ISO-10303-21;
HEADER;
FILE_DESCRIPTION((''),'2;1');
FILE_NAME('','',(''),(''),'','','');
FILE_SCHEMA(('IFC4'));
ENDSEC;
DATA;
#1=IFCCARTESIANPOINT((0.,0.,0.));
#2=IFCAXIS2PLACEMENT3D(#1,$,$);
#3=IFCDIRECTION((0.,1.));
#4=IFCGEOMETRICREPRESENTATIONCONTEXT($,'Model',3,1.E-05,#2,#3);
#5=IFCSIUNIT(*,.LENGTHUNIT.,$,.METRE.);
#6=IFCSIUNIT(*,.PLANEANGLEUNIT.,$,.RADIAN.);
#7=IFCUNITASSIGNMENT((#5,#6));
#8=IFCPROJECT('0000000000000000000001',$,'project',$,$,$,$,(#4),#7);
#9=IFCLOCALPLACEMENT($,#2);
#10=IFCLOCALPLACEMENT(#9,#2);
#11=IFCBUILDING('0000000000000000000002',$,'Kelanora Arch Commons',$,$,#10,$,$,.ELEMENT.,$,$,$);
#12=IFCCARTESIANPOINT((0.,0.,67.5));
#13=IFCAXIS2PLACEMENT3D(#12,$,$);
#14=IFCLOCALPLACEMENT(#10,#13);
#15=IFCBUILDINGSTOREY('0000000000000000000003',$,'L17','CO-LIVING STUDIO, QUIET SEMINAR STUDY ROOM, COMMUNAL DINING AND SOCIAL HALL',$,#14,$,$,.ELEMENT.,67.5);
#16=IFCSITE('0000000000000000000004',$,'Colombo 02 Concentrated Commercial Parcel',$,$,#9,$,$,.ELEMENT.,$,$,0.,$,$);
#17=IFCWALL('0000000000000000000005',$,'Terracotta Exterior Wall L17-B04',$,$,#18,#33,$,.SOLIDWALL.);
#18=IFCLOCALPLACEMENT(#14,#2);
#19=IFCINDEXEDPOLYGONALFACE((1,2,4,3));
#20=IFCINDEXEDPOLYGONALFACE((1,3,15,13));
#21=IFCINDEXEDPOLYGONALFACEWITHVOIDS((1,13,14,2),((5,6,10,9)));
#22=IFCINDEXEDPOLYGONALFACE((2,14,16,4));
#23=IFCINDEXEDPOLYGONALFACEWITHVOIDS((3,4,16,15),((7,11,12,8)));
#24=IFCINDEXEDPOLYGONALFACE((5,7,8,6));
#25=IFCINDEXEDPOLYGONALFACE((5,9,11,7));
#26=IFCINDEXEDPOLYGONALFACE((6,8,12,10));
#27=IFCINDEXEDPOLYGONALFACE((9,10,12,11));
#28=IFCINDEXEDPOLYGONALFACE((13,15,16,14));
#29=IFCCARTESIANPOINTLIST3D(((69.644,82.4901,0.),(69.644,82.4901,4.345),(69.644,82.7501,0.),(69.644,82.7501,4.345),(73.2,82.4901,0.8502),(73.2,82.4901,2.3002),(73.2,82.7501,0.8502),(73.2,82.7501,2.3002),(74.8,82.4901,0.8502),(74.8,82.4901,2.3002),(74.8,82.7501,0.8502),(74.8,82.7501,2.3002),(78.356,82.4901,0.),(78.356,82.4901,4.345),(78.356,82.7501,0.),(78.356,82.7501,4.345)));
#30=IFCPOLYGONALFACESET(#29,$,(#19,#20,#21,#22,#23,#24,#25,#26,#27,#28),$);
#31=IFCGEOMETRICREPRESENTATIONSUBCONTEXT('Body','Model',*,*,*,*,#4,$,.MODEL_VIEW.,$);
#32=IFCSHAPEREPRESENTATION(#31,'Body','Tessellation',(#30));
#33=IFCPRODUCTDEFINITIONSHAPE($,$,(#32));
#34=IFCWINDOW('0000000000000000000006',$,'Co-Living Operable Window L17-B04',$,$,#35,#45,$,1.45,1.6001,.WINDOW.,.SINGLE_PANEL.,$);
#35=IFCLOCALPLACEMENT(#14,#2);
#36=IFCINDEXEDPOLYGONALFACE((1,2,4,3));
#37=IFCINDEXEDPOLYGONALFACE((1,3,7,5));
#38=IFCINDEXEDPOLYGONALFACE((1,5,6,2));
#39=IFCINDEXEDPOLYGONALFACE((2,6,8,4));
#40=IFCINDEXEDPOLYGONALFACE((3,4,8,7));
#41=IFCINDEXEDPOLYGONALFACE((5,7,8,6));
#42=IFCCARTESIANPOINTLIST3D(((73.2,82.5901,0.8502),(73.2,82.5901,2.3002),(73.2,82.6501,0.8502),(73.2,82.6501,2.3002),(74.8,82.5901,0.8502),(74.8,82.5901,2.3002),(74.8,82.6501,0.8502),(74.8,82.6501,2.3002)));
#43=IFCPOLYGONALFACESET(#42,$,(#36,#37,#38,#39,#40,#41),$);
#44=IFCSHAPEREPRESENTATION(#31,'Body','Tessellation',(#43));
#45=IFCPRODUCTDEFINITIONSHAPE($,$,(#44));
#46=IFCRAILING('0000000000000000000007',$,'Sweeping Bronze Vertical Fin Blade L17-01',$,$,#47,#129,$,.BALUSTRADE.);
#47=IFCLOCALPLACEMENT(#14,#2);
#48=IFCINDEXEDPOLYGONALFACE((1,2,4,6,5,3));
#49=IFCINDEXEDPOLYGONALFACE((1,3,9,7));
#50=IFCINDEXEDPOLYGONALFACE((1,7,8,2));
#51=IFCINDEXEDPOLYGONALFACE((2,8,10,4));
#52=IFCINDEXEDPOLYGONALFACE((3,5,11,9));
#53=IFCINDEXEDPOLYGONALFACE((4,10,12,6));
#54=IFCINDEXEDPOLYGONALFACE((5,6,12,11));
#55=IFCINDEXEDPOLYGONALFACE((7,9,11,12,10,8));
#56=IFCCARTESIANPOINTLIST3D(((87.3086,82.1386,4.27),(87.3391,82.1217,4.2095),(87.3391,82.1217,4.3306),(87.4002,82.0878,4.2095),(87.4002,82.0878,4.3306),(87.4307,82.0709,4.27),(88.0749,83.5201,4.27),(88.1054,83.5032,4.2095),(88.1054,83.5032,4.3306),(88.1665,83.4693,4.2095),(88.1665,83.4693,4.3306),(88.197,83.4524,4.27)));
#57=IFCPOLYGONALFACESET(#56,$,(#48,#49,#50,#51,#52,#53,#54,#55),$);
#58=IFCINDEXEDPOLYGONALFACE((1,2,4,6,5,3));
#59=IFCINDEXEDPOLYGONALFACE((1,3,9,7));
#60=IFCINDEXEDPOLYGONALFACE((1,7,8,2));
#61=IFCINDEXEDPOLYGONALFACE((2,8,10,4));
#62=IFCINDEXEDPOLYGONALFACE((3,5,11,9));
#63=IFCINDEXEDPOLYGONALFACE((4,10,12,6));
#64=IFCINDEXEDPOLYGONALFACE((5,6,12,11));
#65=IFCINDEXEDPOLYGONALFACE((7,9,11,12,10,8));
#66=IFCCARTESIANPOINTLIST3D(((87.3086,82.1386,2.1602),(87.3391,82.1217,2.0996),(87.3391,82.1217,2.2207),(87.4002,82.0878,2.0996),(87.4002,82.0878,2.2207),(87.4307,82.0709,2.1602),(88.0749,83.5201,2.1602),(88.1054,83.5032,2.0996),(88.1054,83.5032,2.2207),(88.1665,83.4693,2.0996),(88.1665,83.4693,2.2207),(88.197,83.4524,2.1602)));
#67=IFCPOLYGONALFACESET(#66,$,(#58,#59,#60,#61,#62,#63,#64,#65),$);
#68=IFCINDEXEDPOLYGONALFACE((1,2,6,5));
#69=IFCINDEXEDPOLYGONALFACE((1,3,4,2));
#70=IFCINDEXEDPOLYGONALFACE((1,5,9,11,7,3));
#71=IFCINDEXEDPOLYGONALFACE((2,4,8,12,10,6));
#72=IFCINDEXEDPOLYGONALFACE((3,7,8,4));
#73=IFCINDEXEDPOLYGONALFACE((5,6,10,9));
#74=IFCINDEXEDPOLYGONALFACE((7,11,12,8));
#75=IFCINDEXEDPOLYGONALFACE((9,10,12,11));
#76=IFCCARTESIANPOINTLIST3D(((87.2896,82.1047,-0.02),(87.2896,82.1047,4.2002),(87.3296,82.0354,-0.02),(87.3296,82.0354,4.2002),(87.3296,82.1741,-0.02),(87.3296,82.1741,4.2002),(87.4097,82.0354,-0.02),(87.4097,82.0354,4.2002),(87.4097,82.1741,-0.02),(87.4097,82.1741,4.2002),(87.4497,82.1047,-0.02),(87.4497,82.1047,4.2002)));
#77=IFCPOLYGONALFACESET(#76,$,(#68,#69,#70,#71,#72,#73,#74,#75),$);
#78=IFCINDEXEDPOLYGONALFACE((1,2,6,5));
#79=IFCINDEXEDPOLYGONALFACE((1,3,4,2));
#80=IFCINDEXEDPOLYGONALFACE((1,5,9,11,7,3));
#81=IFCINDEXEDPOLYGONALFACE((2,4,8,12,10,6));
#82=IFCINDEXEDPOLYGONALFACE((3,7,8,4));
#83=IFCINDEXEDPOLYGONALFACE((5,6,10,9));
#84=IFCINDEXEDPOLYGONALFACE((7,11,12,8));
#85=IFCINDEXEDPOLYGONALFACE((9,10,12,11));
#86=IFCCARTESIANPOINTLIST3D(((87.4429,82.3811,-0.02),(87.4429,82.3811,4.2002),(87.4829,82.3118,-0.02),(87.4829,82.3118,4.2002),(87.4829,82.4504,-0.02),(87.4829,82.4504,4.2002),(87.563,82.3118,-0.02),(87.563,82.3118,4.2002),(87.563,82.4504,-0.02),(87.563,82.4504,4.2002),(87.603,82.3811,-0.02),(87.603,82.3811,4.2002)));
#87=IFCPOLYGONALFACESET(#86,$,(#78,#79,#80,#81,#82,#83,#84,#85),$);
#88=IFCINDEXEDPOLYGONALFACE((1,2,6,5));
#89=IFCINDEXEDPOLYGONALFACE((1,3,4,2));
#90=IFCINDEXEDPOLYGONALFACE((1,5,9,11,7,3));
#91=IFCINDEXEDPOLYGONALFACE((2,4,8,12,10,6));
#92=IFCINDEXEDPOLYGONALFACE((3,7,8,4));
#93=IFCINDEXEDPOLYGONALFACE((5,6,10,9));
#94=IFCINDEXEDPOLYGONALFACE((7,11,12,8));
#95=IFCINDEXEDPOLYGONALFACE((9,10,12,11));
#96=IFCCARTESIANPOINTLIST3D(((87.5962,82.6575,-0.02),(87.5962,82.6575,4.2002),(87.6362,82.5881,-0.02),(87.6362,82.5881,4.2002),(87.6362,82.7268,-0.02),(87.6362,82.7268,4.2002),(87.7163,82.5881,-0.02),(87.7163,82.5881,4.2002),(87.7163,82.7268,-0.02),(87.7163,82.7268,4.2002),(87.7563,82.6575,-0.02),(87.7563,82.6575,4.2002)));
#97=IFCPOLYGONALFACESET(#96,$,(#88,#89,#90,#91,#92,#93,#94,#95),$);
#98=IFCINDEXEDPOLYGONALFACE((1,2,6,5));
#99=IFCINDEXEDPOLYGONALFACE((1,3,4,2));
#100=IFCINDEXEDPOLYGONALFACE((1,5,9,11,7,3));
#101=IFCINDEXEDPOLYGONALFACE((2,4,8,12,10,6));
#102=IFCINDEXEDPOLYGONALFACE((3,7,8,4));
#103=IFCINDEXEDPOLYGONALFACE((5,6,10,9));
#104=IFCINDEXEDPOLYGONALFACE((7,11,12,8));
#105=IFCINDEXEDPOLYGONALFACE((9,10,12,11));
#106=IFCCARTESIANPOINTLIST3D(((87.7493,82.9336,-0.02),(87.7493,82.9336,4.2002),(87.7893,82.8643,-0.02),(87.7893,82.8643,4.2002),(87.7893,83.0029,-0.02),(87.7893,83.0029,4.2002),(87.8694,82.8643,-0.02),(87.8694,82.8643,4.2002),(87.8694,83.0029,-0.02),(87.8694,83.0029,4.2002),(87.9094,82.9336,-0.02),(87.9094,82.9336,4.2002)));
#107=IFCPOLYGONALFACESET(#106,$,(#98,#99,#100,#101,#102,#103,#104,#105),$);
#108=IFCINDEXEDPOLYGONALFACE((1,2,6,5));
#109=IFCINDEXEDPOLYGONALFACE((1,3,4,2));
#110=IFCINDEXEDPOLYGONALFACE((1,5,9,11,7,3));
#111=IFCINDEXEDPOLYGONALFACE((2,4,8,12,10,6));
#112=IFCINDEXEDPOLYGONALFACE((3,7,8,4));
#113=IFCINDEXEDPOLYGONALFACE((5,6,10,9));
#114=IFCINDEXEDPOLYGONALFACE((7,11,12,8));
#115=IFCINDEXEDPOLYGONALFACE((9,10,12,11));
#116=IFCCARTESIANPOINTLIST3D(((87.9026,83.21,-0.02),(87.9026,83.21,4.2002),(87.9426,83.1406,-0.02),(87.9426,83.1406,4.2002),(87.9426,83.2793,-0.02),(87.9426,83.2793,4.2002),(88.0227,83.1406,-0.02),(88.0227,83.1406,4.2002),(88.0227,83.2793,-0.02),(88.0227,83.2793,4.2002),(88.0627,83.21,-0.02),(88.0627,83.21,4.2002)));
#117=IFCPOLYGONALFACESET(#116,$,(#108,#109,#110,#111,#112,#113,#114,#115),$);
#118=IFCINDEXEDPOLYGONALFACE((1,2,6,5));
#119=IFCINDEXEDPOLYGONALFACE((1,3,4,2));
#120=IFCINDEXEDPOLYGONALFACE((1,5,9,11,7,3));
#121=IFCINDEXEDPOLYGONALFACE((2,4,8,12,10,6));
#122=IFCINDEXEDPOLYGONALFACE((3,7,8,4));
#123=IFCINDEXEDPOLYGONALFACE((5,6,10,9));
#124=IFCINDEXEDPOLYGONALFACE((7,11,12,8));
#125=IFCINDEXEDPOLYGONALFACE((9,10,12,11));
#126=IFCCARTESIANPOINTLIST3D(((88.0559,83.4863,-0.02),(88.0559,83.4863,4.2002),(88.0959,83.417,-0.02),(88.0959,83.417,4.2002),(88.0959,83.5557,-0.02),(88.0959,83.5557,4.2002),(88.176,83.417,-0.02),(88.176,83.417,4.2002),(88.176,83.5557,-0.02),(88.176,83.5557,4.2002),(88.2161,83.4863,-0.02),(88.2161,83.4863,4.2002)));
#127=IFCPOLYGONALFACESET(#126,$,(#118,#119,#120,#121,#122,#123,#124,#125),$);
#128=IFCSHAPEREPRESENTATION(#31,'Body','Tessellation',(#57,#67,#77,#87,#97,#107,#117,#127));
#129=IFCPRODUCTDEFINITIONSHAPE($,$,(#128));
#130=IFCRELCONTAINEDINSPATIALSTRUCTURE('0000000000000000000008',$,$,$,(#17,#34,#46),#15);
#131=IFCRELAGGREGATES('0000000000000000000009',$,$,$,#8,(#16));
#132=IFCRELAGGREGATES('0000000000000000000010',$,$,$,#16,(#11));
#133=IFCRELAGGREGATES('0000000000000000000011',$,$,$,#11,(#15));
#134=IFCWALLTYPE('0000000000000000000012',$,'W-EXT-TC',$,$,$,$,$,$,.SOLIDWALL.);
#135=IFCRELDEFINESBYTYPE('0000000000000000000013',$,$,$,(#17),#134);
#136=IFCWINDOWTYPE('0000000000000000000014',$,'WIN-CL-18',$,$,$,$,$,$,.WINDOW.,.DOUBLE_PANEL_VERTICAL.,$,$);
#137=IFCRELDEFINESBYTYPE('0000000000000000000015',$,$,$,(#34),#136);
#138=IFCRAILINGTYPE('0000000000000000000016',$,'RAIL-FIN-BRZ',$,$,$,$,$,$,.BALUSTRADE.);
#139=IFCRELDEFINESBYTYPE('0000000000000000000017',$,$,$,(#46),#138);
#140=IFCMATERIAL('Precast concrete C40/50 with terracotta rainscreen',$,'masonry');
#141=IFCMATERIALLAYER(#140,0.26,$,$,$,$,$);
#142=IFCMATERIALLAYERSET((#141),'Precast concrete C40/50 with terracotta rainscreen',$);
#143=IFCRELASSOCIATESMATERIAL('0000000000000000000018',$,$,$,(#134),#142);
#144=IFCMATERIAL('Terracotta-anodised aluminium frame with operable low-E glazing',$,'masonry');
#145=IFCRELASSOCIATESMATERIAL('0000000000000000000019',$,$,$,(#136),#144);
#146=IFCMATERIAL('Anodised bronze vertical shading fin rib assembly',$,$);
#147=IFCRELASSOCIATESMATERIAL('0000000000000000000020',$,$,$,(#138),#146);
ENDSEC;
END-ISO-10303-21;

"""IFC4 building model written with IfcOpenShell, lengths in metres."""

from ifc_helpers import new_model, si_unit, direction, frame, frame_2d, origin, place, context, subcontext, project, spatial, polyline, rectangle, outline, extrude, material, layer, layer_set, type_object, element, fill, save


model = new_model("IFC4")

# Units and contexts
model_context = context("Model", 3, precision=1e-05, world=origin(), true_north=direction((0.0, 1.0)))
body_context = subcontext(model_context, "Body", "Model", "MODEL_VIEW")
ifc_project = project(units=[si_unit("LENGTHUNIT", "METRE"), si_unit("PLANEANGLEUNIT", "RADIAN")], contexts=[model_context])

# Site, building, storey
site_placement = place(None, origin())
site = spatial("IfcSite", under=ifc_project, at=site_placement, Name="Colombo 02 Concentrated Commercial Parcel", CompositionType="ELEMENT", RefElevation=0.0)
building_placement = place(site_placement, origin())
building = spatial("IfcBuilding", under=site, at=building_placement, Name="Kelanora Arch Commons", CompositionType="ELEMENT")
storey_placement = place(building_placement, frame((0.0, 0.0, 67.5)))
storey = spatial("IfcBuildingStorey", under=building, at=storey_placement, Name="L17", Description="CO-LIVING STUDIO, QUIET SEMINAR STUDY ROOM, COMMUNAL DINING AND SOCIAL HALL", CompositionType="ELEMENT", Elevation=67.5)

# Wall, opening, window
ifc_material_1 = material(Name="Precast concrete C40/50 with terracotta rainscreen", Category="masonry")
ifc_layer_1 = layer(ifc_material_1, 0.26)
ifc_layer_set_1 = layer_set([ifc_layer_1], Name="Precast concrete C40/50 with terracotta rainscreen")
wall_type_1 = type_object("IfcWallType", Name="W-EXT-TC", PredefinedType="SOLIDWALL", material=ifc_layer_set_1)
wall_1_placement = place(storey_placement, frame((78.356, 82.6201, 0.0), z_axis=(0.0, 0.0, 1.0), x_axis=(-1.0, 0.0, 0.0)))
wall_1 = element("IfcWall", 1, at=wall_1_placement, inside=storey, type_object=wall_type_1, Name="Terracotta Exterior Wall L17-B04", PredefinedType="SOLIDWALL", context=body_context, shape_type="SweptSolid", body=[
    extrude(rectangle(XDim=8.7119, YDim=0.26, at=frame_2d((4.356, 0.0))), origin(), (0.0, 0.0, 1.0), 4.345),
])
opening_placement = place(wall_1_placement, frame((3.5559, 0.0, 0.8501)))
opening = element("IfcOpeningElement", 2, at=opening_placement, cuts=wall_1, PredefinedType="OPENING", context=body_context, shape_type="SweptSolid", body=[
    extrude(rectangle(XDim=1.6001, YDim=1.45, at=frame_2d((0.8, 0.7251))), frame((0.0, 0.1401, 0.0), z_axis=(0.0, -1.0, 0.0), x_axis=(1.0, 0.0, 0.0)), (0.0, 0.0, 1.0), 0.28),
])
ifc_material_2 = material(Name="Terracotta-anodised aluminium frame with operable low-E glazing", Category="masonry")
window_type = type_object("IfcWindowType", Name="WIN-CL-18", PartitioningType="DOUBLE_PANEL_VERTICAL", PredefinedType="WINDOW", material=ifc_material_2)
window_placement = place(opening_placement, origin())
window = element("IfcWindow", 3, at=window_placement, inside=storey, type_object=window_type, Name="Co-Living Operable Window L17-B04", OverallHeight=1.45, OverallWidth=1.6001, PartitioningType="SINGLE_PANEL", PredefinedType="WINDOW", context=body_context, shape_type="SweptSolid", body=[
    extrude(rectangle(XDim=1.6001, YDim=1.45, at=frame_2d((0.8, 0.7251))), frame((0.0, 0.03, 0.0), z_axis=(0.0, -1.0, 0.0), x_axis=(1.0, 0.0, 0.0)), (0.0, 0.0, 1.0), 0.0601),
])
fill(opening, window)

# Railing
ifc_material_3 = material(Name="Anodised bronze vertical shading fin rib assembly")
railing_type = type_object("IfcRailingType", Name="RAIL-FIN-BRZ", PredefinedType="BALUSTRADE", material=ifc_material_3)
railing_1_placement = place(storey_placement, frame((87.3696, 82.1047, -0.02)))
element("IfcRailing", 4, at=railing_1_placement, inside=storey, type_object=railing_type, Name="Sweeping Bronze Vertical Fin Blade L17-01", PredefinedType="BALUSTRADE", context=body_context, shape_type="SweptSolid", body=[
    extrude(outline(polyline([(0.0698, 0.0), (0.0349, 0.0605), (-0.0349, 0.0605), (-0.0698, 0.0), (-0.0349, -0.0605), (0.0349, -0.0605), (0.0698, 0.0)])), frame((0.0, 0.0, 4.29), z_axis=(0.485066, 0.874478, 0.0), x_axis=(-0.874478, 0.485066, 0.0)), (0.0, 0.0, 1.0), 1.5798),
    extrude(outline(polyline([(0.0698, 0.0), (0.0349, 0.0605), (-0.0349, 0.0605), (-0.0698, 0.0), (-0.0349, -0.0605), (0.0349, -0.0605), (0.0698, 0.0)])), frame((0.0, 0.0, 2.1802), z_axis=(0.485066, 0.874478, 0.0), x_axis=(-0.874478, 0.485066, 0.0)), (0.0, 0.0, 1.0), 1.5798),
    extrude(outline(polyline([(0.0801, 0.0), (0.04, 0.0693), (-0.04, 0.0693), (-0.0801, 0.0), (-0.04, -0.0693), (0.04, -0.0693), (0.0801, 0.0)])), origin(), (0.0, 0.0, 1.0), 4.2202),
    extrude(outline(polyline([(0.0801, 0.0), (0.04, 0.0693), (-0.04, 0.0693), (-0.0801, 0.0), (-0.04, -0.0693), (0.04, -0.0693), (0.0801, 0.0)])), frame((0.1533, 0.2764, 0.0)), (0.0, 0.0, 1.0), 4.2202),
    extrude(outline(polyline([(0.0801, 0.0), (0.04, 0.0693), (-0.04, 0.0693), (-0.0801, 0.0), (-0.04, -0.0693), (0.04, -0.0693), (0.0801, 0.0)])), frame((0.3066, 0.5527, 0.0)), (0.0, 0.0, 1.0), 4.2202),
    extrude(outline(polyline([(0.0801, 0.0), (0.04, 0.0693), (-0.04, 0.0693), (-0.0801, 0.0), (-0.04, -0.0693), (0.04, -0.0693), (0.0801, 0.0)])), frame((0.4597, 0.8289, 0.0)), (0.0, 0.0, 1.0), 4.2202),
    extrude(outline(polyline([(0.0801, 0.0), (0.04, 0.0693), (-0.04, 0.0693), (-0.0801, 0.0), (-0.04, -0.0693), (0.04, -0.0693), (0.0801, 0.0)])), frame((0.613, 1.1052, 0.0)), (0.0, 0.0, 1.0), 4.2202),
    extrude(outline(polyline([(0.0801, 0.0), (0.04, 0.0693), (-0.04, 0.0693), (-0.0801, 0.0), (-0.04, -0.0693), (0.04, -0.0693), (0.0801, 0.0)])), frame((0.7664, 1.3816, 0.0)), (0.0, 0.0, 1.0), 4.2202),
])

save(model, "model.ifc")
